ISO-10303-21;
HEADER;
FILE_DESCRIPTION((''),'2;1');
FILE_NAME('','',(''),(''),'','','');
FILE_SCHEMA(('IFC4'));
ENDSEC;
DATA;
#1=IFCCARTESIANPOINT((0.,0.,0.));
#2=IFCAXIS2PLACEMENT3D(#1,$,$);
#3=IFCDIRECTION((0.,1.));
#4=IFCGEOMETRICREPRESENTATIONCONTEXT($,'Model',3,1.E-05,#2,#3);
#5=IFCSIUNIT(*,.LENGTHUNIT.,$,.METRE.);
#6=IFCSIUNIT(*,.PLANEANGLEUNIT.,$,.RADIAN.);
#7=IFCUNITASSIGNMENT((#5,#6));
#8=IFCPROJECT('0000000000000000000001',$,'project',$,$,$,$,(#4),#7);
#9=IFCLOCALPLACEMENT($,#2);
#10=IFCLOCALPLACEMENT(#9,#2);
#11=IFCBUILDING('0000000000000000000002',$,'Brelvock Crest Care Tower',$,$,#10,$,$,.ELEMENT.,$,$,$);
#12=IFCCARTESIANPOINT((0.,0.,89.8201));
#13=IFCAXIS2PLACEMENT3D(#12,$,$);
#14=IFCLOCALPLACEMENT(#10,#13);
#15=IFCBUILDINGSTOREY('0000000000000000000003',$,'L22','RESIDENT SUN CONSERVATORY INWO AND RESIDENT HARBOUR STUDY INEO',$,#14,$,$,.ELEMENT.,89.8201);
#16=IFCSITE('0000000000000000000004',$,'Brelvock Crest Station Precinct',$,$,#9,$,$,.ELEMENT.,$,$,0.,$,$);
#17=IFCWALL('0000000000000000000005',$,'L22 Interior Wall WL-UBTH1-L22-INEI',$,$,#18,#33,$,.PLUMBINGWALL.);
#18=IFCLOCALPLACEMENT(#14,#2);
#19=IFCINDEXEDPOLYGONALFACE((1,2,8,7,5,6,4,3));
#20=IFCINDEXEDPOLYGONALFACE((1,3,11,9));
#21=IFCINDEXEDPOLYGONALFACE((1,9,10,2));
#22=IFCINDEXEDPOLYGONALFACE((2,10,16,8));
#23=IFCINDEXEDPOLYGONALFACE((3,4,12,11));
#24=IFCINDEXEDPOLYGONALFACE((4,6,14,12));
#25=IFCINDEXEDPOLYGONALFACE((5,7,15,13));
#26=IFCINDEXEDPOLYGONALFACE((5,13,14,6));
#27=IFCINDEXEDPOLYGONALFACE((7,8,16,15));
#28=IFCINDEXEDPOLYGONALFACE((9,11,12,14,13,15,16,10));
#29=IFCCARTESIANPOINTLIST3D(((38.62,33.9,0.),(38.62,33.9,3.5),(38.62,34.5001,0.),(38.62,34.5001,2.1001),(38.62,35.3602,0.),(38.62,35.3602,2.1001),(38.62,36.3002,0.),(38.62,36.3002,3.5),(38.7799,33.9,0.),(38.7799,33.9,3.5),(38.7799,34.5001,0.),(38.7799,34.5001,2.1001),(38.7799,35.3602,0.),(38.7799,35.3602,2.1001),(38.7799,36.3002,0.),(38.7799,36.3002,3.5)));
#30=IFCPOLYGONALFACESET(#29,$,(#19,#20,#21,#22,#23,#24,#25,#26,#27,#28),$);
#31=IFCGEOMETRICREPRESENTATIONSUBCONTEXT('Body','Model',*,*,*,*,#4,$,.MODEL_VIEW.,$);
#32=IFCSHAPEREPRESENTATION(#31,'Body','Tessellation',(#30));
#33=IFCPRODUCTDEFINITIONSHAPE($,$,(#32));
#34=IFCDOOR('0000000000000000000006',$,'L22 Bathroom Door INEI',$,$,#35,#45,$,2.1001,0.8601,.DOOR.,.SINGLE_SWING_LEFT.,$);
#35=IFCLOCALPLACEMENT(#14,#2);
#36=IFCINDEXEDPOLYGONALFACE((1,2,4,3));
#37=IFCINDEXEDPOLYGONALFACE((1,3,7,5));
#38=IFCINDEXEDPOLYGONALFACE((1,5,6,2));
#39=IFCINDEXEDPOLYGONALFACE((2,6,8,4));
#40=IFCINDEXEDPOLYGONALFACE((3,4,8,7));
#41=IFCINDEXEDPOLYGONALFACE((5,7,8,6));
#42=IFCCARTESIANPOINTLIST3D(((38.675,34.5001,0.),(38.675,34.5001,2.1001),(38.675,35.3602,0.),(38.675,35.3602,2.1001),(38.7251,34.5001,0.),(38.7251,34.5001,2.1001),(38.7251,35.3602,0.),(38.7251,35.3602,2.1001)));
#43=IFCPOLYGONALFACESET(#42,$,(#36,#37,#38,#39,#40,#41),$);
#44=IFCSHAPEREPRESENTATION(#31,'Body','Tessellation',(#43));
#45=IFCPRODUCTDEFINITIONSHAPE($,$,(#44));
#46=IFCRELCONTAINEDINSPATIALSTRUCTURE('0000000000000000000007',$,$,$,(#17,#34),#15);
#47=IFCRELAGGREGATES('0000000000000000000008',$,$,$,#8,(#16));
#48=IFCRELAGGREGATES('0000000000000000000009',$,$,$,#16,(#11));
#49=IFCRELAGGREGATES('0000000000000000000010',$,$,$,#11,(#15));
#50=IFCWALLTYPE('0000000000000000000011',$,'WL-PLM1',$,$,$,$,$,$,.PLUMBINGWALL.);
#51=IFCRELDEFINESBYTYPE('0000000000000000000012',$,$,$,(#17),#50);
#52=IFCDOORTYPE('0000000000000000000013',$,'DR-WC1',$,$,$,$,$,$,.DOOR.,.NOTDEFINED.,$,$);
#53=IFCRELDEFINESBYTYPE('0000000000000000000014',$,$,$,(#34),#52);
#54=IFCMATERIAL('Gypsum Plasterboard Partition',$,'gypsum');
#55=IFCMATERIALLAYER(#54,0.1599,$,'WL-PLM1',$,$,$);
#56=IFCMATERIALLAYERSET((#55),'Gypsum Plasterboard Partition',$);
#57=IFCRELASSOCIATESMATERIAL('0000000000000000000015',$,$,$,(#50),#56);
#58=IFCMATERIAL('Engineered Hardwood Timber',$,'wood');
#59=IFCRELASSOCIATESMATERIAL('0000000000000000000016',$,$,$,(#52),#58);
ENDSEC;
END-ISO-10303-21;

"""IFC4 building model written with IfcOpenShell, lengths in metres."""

from ifc_helpers import new_model, si_unit, direction, frame, frame_2d, origin, origin_2d, place, context, subcontext, project, spatial, rectangle, extrude, source, transform, mapped, material, layer, layer_set, type_object, element, fill, save


model = new_model("IFC4")

# Units and contexts
model_context = context("Model", 3, precision=1e-05, world=origin(), true_north=direction((0.0, 1.0)))
body_context = subcontext(model_context, "Body", "Model", "MODEL_VIEW")
ifc_project = project(units=[si_unit("LENGTHUNIT", "METRE"), si_unit("PLANEANGLEUNIT", "RADIAN")], contexts=[model_context])

# Site, building, storey
site_placement = place(None, origin())
site = spatial("IfcSite", under=ifc_project, at=site_placement, Name="Brelvock Crest Station Precinct", CompositionType="ELEMENT", RefElevation=0.0)
building_placement = place(site_placement, origin())
building = spatial("IfcBuilding", under=site, at=building_placement, Name="Brelvock Crest Care Tower", CompositionType="ELEMENT")
storey_placement = place(building_placement, frame((0.0, 0.0, 89.8201)))
storey = spatial("IfcBuildingStorey", under=building, at=storey_placement, Name="L22", Description="RESIDENT SUN CONSERVATORY INWO AND RESIDENT HARBOUR STUDY INEO", CompositionType="ELEMENT", Elevation=89.8201)

# Shared definitions
ifc_material_1 = material(Name="Gypsum Plasterboard Partition", Category="gypsum")
ifc_layer_1 = layer(ifc_material_1, 0.1599, Name="WL-PLM1")
ifc_layer_set_1 = layer_set([ifc_layer_1], Name="Gypsum Plasterboard Partition")
wall_type_1 = type_object("IfcWallType", Name="WL-PLM1", PredefinedType="PLUMBINGWALL", material=ifc_layer_set_1)
ifc_material_2 = material(Name="Engineered Hardwood Timber", Category="wood")
door_type = type_object("IfcDoorType", Name="DR-WC1", OperationType="NOTDEFINED", PredefinedType="DOOR", material=ifc_material_2)
shared_shape_1 = source(origin(), body_context, "Body", "SweptSolid", [
    extrude(rectangle(XDim=0.8601, YDim=2.1001, at=origin_2d()), frame((0.4302, 0.0249, 1.05), z_axis=(0.0, -1.0, 0.0), x_axis=(1.0, 0.0, 0.0)), (0.0, 0.0, 1.0), 0.05),
])

# Wall, opening, door
wall_1_placement = place(storey_placement, frame((38.7, 33.8999, 0.0), z_axis=(0.0, 0.0, 1.0), x_axis=(0.0, 1.0, 0.0)))
wall_1 = element("IfcWall", 1, at=wall_1_placement, inside=storey, type_object=wall_type_1, Name="L22 Interior Wall WL-UBTH1-L22-INEI", PredefinedType="PLUMBINGWALL", context=body_context, shape_type="SweptSolid", body=[
    extrude(rectangle(XDim=2.4001, YDim=0.1599, at=frame_2d((1.2002, 0.0))), origin(), (0.0, 0.0, 1.0), 3.5),
])
opening_1_placement = place(wall_1_placement, frame((0.6001, 0.0, 0.0)))
opening_1 = element("IfcOpeningElement", 2, at=opening_1_placement, cuts=wall_1, PredefinedType="OPENING", context=body_context, shape_type="SweptSolid", body=[
    extrude(rectangle(XDim=0.8601, YDim=2.1001, at=origin_2d()), frame((0.4302, 0.0898, 1.05), z_axis=(0.0, -1.0, 0.0), x_axis=(1.0, 0.0, 0.0)), (0.0, 0.0, 1.0), 0.1799),
])
door_1_placement = place(opening_1_placement, origin())
door_1 = element("IfcDoor", 3, at=door_1_placement, inside=storey, type_object=door_type, Name="L22 Bathroom Door INEI", OperationType="SINGLE_SWING_LEFT", OverallHeight=2.1001, OverallWidth=0.8601, PredefinedType="DOOR", context=body_context, shape_type="MappedRepresentation", body=[
    mapped(shared_shape_1, transform((0.0, 0.0, 0.0), x_axis=(1.0, 0.0, 0.0), y_axis=(0.0, 1.0, 0.0), z_axis=(0.0, 0.0, 1.0), scale=1.0)),
])
fill(opening_1, door_1)

save(model, "model.ifc")
